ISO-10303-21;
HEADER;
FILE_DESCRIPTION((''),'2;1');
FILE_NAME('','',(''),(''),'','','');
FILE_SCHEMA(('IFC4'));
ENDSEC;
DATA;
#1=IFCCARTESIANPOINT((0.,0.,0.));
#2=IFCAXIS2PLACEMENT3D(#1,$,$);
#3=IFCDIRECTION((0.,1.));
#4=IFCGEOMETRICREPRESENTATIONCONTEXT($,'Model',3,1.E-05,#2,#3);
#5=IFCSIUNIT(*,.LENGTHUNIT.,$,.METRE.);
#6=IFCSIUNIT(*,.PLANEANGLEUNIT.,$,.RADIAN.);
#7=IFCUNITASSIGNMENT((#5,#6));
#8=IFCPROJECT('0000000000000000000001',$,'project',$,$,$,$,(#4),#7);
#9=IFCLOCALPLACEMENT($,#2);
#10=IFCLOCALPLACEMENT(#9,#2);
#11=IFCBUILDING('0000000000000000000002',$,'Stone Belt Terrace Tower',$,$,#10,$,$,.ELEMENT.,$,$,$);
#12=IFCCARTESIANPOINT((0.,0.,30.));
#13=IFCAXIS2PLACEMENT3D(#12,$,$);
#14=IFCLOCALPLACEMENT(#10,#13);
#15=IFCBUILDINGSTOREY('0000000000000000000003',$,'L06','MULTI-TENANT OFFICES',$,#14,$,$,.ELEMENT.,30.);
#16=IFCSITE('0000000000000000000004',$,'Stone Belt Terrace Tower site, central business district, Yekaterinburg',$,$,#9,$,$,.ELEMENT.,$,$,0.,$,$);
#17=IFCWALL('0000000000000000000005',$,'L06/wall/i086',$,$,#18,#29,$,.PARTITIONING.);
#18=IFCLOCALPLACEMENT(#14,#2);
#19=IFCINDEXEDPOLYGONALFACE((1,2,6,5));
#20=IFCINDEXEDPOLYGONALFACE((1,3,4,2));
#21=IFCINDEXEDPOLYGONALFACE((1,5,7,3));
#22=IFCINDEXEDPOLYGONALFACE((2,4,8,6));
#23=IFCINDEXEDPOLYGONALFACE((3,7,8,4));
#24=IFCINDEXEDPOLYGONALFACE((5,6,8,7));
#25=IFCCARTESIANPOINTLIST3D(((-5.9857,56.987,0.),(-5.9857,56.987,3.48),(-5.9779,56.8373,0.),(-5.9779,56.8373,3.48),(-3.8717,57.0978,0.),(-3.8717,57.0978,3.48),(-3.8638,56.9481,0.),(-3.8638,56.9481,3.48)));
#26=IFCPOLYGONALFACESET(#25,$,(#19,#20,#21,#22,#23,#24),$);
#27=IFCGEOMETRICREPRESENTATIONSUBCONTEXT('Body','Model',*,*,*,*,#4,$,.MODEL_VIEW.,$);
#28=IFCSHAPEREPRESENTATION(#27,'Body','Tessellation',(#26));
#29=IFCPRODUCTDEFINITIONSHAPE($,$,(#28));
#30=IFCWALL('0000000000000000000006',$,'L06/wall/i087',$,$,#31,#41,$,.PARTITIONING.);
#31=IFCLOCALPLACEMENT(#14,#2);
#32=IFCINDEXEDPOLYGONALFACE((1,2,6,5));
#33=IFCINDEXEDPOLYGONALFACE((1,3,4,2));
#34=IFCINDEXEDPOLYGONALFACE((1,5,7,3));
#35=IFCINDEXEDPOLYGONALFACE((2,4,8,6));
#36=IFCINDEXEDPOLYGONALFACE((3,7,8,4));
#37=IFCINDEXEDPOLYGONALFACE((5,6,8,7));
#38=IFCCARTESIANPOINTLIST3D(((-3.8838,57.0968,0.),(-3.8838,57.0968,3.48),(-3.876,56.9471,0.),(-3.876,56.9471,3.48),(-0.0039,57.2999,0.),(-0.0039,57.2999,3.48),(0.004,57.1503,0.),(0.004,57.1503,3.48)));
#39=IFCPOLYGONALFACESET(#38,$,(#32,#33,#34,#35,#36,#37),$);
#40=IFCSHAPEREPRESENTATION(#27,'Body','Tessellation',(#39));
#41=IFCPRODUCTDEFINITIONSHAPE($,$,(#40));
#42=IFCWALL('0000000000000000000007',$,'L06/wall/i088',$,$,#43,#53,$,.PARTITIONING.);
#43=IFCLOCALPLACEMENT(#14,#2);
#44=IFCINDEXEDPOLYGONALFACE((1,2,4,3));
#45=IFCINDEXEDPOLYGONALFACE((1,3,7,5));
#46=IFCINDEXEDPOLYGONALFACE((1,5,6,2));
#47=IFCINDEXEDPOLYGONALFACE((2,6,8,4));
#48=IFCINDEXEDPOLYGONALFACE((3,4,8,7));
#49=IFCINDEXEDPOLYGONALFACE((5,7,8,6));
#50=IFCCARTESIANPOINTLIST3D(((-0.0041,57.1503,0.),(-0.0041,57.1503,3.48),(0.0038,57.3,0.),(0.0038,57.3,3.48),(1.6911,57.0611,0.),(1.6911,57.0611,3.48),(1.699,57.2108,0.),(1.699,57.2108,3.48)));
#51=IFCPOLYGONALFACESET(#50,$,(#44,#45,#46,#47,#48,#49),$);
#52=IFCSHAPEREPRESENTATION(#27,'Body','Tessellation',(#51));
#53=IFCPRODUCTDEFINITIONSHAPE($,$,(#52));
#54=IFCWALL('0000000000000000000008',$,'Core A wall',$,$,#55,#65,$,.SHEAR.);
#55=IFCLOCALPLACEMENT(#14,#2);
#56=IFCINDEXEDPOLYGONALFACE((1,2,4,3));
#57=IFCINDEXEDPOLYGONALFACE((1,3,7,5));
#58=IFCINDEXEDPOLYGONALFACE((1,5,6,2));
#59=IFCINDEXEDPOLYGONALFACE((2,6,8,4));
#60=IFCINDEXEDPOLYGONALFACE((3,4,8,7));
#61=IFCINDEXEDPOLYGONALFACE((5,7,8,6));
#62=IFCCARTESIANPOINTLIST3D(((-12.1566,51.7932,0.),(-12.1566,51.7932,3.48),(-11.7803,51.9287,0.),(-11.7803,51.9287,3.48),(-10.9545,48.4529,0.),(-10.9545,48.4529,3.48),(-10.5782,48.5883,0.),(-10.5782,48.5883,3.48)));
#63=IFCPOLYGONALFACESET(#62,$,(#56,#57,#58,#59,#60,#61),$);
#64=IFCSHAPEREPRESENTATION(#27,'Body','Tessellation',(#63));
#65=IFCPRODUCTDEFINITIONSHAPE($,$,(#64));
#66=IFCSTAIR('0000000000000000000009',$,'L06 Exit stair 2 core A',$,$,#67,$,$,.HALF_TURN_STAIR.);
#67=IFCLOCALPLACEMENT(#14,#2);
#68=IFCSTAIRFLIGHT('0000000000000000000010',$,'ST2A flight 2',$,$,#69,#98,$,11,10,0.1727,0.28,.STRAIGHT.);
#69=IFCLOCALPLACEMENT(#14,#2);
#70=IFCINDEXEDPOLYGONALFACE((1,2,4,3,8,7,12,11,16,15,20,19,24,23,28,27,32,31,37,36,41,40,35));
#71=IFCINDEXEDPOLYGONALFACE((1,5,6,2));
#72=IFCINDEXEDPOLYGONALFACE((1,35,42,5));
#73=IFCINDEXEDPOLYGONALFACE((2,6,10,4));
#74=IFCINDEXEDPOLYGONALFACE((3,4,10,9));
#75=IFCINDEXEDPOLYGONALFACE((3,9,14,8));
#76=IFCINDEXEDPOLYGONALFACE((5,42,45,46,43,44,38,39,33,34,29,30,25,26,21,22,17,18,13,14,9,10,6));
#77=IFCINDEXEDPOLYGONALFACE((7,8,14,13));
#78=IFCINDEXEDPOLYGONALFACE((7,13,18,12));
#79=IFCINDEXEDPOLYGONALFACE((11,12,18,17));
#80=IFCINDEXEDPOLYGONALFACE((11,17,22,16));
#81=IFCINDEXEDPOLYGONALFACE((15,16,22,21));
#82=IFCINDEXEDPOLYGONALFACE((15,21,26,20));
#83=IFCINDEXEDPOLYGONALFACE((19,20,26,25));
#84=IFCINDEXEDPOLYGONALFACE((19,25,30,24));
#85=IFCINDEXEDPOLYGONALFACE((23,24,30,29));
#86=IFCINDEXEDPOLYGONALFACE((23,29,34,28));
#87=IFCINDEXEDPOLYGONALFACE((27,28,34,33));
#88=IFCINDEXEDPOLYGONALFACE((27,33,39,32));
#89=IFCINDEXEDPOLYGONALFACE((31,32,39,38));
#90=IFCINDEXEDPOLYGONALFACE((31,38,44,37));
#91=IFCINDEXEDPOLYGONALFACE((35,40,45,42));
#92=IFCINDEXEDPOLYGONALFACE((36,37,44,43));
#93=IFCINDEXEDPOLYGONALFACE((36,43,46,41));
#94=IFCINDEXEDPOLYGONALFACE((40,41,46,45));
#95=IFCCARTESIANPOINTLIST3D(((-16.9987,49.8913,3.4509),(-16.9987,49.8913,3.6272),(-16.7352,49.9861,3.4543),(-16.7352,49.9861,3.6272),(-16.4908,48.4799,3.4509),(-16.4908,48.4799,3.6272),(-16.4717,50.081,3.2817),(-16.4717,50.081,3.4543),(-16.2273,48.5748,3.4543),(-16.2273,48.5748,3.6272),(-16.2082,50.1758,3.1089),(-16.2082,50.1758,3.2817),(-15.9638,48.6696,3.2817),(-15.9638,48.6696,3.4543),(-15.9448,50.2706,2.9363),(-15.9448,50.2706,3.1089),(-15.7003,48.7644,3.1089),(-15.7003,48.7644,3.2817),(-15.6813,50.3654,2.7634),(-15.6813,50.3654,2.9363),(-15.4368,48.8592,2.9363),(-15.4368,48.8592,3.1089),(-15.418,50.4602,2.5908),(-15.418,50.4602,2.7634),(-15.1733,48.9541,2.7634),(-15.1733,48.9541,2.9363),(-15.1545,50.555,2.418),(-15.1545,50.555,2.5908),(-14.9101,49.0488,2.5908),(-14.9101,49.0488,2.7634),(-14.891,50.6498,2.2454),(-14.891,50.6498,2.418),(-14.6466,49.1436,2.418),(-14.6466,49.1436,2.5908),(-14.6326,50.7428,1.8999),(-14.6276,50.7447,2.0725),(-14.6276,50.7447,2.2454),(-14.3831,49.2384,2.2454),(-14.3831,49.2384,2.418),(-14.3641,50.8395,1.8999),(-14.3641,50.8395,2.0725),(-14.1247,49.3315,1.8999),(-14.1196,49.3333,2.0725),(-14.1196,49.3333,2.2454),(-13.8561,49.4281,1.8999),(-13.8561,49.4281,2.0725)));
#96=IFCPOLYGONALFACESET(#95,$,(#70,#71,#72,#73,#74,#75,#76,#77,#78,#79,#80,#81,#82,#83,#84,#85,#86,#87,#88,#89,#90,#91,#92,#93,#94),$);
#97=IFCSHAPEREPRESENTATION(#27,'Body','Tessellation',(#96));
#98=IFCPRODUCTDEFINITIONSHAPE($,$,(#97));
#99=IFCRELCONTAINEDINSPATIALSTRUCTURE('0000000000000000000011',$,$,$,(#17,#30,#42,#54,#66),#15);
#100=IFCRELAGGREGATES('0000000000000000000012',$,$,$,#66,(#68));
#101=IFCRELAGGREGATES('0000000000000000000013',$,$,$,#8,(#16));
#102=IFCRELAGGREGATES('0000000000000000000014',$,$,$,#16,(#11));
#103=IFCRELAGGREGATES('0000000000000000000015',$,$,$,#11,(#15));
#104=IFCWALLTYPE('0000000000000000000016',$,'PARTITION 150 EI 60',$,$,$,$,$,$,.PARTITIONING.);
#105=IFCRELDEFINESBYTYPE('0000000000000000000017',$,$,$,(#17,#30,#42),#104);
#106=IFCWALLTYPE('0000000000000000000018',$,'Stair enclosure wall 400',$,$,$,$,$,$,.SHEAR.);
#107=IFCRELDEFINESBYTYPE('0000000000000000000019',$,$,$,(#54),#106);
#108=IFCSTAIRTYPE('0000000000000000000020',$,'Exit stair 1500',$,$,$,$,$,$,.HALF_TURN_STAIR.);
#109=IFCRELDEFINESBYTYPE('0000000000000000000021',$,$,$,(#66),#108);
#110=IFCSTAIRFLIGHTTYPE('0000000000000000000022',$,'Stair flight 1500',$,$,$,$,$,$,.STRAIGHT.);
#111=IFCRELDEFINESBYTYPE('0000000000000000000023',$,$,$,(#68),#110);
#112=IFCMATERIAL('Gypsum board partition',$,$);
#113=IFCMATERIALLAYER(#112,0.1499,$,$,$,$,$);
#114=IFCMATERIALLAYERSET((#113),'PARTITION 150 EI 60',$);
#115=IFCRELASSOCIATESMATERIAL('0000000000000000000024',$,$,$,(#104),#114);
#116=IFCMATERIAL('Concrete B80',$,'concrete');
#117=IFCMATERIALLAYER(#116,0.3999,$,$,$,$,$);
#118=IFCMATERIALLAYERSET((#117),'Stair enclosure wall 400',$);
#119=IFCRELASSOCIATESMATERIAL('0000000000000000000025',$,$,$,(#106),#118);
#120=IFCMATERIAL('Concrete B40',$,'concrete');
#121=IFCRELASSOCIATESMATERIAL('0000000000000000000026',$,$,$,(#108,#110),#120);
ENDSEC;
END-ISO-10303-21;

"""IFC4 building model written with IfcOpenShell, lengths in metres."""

from ifc_helpers import new_model, si_unit, direction, frame, frame_2d, origin, place, context, subcontext, project, spatial, polyline, rectangle, outline, extrude, material, layer, layer_set, type_object, element, aggregate, save


model = new_model("IFC4")

# Units and contexts
model_context = context("Model", 3, precision=1e-05, world=origin(), true_north=direction((0.0, 1.0)))
body_context = subcontext(model_context, "Body", "Model", "MODEL_VIEW")
ifc_project = project(units=[si_unit("LENGTHUNIT", "METRE"), si_unit("PLANEANGLEUNIT", "RADIAN")], contexts=[model_context])

# Site, building, storey
site_placement = place(None, origin())
site = spatial("IfcSite", under=ifc_project, at=site_placement, Name="Stone Belt Terrace Tower site, central business district, Yekaterinburg", CompositionType="ELEMENT", RefElevation=0.0)
building_placement = place(site_placement, origin())
building = spatial("IfcBuilding", under=site, at=building_placement, Name="Stone Belt Terrace Tower", CompositionType="ELEMENT")
storey_placement = place(building_placement, frame((0.0, 0.0, 30.0)))
storey = spatial("IfcBuildingStorey", under=building, at=storey_placement, Name="L06", Description="MULTI-TENANT OFFICES", CompositionType="ELEMENT", Elevation=30.0)

# Shared definitions
ifc_material_1 = material(Name="Concrete B80", Category="concrete")

# Shared definitions
ifc_material_2 = material(Name="Gypsum board partition")

# Shared definitions
ifc_layer_1 = layer(ifc_material_2, 0.1499)
ifc_layer_set_1 = layer_set([ifc_layer_1], Name="PARTITION 150 EI 60")
wall_type_1 = type_object("IfcWallType", Name="PARTITION 150 EI 60", PredefinedType="PARTITIONING", material=ifc_layer_set_1)

# Walls
wall_1_placement = place(storey_placement, frame((-5.9819, 56.9121, 0.0), z_axis=(0.0, 0.0, 1.0), x_axis=(0.998628, 0.052359, 0.0)))
element("IfcWall", 1, at=wall_1_placement, inside=storey, type_object=wall_type_1, Name="L06/wall/i086", PredefinedType="PARTITIONING", context=body_context, shape_type="SweptSolid", body=[
    extrude(rectangle(XDim=2.1169, YDim=0.1499, at=frame_2d((1.0586, 0.0))), origin(), (0.0, 0.0, 1.0), 3.48),
])
wall_2_placement = place(storey_placement, frame((-3.8799, 57.022, 0.0), z_axis=(0.0, 0.0, 1.0), x_axis=(0.998632, 0.052282, 0.0)))
element("IfcWall", 2, at=wall_2_placement, inside=storey, type_object=wall_type_1, Name="L06/wall/i087", PredefinedType="PARTITIONING", context=body_context, shape_type="SweptSolid", body=[
    extrude(rectangle(XDim=3.8853, YDim=0.1499, at=frame_2d((1.9426, 0.0))), origin(), (0.0, 0.0, 1.0), 3.48),
])
wall_3_placement = place(storey_placement, frame((0.0, 57.2251, 0.0), z_axis=(0.0, 0.0, 1.0), x_axis=(0.998621, -0.052498, 0.0)))
element("IfcWall", 3, at=wall_3_placement, inside=storey, type_object=wall_type_1, Name="L06/wall/i088", PredefinedType="PARTITIONING", context=body_context, shape_type="SweptSolid", body=[
    extrude(rectangle(XDim=1.6975, YDim=0.1499, at=frame_2d((0.8486, 0.0))), origin(), (0.0, 0.0, 1.0), 3.48),
])
ifc_layer_2 = layer(ifc_material_1, 0.3999)
ifc_layer_set_2 = layer_set([ifc_layer_2], Name="Stair enclosure wall 400")
wall_type_2 = type_object("IfcWallType", Name="Stair enclosure wall 400", PredefinedType="SHEAR", material=ifc_layer_set_2)
wall_4_placement = place(storey_placement, frame((-10.7664, 48.5208, 0.0), z_axis=(0.0, 0.0, 1.0), x_axis=(-0.338627, 0.940921, 0.0)))
element("IfcWall", 4, at=wall_4_placement, inside=storey, type_object=wall_type_2, Name="Core A wall", PredefinedType="SHEAR", context=body_context, shape_type="SweptSolid", body=[
    extrude(rectangle(XDim=3.55, YDim=0.3999, at=frame_2d((1.7749, 0.0))), origin(), (0.0, 0.0, 1.0), 3.48),
])

# Stair, stair flight
ifc_material_3 = material(Name="Concrete B40", Category="concrete")
stair_type = type_object("IfcStairType", Name="Exit stair 1500", PredefinedType="HALF_TURN_STAIR", material=ifc_material_3)
stair_placement = place(storey_placement, origin())
stair = element("IfcStair", 5, at=stair_placement, inside=storey, type_object=stair_type, Name="L06 Exit stair 2 core A", PredefinedType="HALF_TURN_STAIR")
stair_flight_type = type_object("IfcStairFlightType", Name="Stair flight 1500", PredefinedType="STRAIGHT", material=ifc_material_3)
stair_flight_placement = place(storey_placement, frame((-14.1101, 50.1338, 1.8999), z_axis=(0.0, 0.0, 1.0), x_axis=(-0.940922, -0.338624, 0.0)))
stair_flight = element("IfcStairFlight", 6, at=stair_flight_placement, type_object=stair_flight_type, Name="ST2A flight 2", NumberOfRisers=11, NumberOfTreads=10, PredefinedType="STRAIGHT", RiserHeight=0.1727, TreadLength=0.28, context=body_context, shape_type="SweptSolid", body=[
    extrude(outline(polyline([(0.0, 0.0), (0.0, 0.1726), (0.28, 0.1726), (0.28, 0.3455), (0.5601, 0.3455), (0.5601, 0.5181), (0.8401, 0.5181), (0.8401, 0.6909), (1.1201, 0.6909), (1.1201, 0.8635), (1.3999, 0.8635), (1.3999, 1.0364), (1.6799, 1.0364), (1.6799, 1.209), (1.96, 1.209), (1.96, 1.3818), (2.24, 1.3818), (2.24, 1.5544), (2.52, 1.5544), (2.52, 1.7273), (2.8, 1.7273), (2.8, 1.8999), (2.8, 1.551), (0.2854, 0.0), (0.0, 0.0)])), frame((0.0, 0.75, 0.0), z_axis=(0.0, -1.0, 0.0), x_axis=(1.0, 0.0, 0.0)), (0.0, 0.0, 1.0), 1.5),
])
aggregate(stair, [stair_flight])

save(model, "model.ifc")
